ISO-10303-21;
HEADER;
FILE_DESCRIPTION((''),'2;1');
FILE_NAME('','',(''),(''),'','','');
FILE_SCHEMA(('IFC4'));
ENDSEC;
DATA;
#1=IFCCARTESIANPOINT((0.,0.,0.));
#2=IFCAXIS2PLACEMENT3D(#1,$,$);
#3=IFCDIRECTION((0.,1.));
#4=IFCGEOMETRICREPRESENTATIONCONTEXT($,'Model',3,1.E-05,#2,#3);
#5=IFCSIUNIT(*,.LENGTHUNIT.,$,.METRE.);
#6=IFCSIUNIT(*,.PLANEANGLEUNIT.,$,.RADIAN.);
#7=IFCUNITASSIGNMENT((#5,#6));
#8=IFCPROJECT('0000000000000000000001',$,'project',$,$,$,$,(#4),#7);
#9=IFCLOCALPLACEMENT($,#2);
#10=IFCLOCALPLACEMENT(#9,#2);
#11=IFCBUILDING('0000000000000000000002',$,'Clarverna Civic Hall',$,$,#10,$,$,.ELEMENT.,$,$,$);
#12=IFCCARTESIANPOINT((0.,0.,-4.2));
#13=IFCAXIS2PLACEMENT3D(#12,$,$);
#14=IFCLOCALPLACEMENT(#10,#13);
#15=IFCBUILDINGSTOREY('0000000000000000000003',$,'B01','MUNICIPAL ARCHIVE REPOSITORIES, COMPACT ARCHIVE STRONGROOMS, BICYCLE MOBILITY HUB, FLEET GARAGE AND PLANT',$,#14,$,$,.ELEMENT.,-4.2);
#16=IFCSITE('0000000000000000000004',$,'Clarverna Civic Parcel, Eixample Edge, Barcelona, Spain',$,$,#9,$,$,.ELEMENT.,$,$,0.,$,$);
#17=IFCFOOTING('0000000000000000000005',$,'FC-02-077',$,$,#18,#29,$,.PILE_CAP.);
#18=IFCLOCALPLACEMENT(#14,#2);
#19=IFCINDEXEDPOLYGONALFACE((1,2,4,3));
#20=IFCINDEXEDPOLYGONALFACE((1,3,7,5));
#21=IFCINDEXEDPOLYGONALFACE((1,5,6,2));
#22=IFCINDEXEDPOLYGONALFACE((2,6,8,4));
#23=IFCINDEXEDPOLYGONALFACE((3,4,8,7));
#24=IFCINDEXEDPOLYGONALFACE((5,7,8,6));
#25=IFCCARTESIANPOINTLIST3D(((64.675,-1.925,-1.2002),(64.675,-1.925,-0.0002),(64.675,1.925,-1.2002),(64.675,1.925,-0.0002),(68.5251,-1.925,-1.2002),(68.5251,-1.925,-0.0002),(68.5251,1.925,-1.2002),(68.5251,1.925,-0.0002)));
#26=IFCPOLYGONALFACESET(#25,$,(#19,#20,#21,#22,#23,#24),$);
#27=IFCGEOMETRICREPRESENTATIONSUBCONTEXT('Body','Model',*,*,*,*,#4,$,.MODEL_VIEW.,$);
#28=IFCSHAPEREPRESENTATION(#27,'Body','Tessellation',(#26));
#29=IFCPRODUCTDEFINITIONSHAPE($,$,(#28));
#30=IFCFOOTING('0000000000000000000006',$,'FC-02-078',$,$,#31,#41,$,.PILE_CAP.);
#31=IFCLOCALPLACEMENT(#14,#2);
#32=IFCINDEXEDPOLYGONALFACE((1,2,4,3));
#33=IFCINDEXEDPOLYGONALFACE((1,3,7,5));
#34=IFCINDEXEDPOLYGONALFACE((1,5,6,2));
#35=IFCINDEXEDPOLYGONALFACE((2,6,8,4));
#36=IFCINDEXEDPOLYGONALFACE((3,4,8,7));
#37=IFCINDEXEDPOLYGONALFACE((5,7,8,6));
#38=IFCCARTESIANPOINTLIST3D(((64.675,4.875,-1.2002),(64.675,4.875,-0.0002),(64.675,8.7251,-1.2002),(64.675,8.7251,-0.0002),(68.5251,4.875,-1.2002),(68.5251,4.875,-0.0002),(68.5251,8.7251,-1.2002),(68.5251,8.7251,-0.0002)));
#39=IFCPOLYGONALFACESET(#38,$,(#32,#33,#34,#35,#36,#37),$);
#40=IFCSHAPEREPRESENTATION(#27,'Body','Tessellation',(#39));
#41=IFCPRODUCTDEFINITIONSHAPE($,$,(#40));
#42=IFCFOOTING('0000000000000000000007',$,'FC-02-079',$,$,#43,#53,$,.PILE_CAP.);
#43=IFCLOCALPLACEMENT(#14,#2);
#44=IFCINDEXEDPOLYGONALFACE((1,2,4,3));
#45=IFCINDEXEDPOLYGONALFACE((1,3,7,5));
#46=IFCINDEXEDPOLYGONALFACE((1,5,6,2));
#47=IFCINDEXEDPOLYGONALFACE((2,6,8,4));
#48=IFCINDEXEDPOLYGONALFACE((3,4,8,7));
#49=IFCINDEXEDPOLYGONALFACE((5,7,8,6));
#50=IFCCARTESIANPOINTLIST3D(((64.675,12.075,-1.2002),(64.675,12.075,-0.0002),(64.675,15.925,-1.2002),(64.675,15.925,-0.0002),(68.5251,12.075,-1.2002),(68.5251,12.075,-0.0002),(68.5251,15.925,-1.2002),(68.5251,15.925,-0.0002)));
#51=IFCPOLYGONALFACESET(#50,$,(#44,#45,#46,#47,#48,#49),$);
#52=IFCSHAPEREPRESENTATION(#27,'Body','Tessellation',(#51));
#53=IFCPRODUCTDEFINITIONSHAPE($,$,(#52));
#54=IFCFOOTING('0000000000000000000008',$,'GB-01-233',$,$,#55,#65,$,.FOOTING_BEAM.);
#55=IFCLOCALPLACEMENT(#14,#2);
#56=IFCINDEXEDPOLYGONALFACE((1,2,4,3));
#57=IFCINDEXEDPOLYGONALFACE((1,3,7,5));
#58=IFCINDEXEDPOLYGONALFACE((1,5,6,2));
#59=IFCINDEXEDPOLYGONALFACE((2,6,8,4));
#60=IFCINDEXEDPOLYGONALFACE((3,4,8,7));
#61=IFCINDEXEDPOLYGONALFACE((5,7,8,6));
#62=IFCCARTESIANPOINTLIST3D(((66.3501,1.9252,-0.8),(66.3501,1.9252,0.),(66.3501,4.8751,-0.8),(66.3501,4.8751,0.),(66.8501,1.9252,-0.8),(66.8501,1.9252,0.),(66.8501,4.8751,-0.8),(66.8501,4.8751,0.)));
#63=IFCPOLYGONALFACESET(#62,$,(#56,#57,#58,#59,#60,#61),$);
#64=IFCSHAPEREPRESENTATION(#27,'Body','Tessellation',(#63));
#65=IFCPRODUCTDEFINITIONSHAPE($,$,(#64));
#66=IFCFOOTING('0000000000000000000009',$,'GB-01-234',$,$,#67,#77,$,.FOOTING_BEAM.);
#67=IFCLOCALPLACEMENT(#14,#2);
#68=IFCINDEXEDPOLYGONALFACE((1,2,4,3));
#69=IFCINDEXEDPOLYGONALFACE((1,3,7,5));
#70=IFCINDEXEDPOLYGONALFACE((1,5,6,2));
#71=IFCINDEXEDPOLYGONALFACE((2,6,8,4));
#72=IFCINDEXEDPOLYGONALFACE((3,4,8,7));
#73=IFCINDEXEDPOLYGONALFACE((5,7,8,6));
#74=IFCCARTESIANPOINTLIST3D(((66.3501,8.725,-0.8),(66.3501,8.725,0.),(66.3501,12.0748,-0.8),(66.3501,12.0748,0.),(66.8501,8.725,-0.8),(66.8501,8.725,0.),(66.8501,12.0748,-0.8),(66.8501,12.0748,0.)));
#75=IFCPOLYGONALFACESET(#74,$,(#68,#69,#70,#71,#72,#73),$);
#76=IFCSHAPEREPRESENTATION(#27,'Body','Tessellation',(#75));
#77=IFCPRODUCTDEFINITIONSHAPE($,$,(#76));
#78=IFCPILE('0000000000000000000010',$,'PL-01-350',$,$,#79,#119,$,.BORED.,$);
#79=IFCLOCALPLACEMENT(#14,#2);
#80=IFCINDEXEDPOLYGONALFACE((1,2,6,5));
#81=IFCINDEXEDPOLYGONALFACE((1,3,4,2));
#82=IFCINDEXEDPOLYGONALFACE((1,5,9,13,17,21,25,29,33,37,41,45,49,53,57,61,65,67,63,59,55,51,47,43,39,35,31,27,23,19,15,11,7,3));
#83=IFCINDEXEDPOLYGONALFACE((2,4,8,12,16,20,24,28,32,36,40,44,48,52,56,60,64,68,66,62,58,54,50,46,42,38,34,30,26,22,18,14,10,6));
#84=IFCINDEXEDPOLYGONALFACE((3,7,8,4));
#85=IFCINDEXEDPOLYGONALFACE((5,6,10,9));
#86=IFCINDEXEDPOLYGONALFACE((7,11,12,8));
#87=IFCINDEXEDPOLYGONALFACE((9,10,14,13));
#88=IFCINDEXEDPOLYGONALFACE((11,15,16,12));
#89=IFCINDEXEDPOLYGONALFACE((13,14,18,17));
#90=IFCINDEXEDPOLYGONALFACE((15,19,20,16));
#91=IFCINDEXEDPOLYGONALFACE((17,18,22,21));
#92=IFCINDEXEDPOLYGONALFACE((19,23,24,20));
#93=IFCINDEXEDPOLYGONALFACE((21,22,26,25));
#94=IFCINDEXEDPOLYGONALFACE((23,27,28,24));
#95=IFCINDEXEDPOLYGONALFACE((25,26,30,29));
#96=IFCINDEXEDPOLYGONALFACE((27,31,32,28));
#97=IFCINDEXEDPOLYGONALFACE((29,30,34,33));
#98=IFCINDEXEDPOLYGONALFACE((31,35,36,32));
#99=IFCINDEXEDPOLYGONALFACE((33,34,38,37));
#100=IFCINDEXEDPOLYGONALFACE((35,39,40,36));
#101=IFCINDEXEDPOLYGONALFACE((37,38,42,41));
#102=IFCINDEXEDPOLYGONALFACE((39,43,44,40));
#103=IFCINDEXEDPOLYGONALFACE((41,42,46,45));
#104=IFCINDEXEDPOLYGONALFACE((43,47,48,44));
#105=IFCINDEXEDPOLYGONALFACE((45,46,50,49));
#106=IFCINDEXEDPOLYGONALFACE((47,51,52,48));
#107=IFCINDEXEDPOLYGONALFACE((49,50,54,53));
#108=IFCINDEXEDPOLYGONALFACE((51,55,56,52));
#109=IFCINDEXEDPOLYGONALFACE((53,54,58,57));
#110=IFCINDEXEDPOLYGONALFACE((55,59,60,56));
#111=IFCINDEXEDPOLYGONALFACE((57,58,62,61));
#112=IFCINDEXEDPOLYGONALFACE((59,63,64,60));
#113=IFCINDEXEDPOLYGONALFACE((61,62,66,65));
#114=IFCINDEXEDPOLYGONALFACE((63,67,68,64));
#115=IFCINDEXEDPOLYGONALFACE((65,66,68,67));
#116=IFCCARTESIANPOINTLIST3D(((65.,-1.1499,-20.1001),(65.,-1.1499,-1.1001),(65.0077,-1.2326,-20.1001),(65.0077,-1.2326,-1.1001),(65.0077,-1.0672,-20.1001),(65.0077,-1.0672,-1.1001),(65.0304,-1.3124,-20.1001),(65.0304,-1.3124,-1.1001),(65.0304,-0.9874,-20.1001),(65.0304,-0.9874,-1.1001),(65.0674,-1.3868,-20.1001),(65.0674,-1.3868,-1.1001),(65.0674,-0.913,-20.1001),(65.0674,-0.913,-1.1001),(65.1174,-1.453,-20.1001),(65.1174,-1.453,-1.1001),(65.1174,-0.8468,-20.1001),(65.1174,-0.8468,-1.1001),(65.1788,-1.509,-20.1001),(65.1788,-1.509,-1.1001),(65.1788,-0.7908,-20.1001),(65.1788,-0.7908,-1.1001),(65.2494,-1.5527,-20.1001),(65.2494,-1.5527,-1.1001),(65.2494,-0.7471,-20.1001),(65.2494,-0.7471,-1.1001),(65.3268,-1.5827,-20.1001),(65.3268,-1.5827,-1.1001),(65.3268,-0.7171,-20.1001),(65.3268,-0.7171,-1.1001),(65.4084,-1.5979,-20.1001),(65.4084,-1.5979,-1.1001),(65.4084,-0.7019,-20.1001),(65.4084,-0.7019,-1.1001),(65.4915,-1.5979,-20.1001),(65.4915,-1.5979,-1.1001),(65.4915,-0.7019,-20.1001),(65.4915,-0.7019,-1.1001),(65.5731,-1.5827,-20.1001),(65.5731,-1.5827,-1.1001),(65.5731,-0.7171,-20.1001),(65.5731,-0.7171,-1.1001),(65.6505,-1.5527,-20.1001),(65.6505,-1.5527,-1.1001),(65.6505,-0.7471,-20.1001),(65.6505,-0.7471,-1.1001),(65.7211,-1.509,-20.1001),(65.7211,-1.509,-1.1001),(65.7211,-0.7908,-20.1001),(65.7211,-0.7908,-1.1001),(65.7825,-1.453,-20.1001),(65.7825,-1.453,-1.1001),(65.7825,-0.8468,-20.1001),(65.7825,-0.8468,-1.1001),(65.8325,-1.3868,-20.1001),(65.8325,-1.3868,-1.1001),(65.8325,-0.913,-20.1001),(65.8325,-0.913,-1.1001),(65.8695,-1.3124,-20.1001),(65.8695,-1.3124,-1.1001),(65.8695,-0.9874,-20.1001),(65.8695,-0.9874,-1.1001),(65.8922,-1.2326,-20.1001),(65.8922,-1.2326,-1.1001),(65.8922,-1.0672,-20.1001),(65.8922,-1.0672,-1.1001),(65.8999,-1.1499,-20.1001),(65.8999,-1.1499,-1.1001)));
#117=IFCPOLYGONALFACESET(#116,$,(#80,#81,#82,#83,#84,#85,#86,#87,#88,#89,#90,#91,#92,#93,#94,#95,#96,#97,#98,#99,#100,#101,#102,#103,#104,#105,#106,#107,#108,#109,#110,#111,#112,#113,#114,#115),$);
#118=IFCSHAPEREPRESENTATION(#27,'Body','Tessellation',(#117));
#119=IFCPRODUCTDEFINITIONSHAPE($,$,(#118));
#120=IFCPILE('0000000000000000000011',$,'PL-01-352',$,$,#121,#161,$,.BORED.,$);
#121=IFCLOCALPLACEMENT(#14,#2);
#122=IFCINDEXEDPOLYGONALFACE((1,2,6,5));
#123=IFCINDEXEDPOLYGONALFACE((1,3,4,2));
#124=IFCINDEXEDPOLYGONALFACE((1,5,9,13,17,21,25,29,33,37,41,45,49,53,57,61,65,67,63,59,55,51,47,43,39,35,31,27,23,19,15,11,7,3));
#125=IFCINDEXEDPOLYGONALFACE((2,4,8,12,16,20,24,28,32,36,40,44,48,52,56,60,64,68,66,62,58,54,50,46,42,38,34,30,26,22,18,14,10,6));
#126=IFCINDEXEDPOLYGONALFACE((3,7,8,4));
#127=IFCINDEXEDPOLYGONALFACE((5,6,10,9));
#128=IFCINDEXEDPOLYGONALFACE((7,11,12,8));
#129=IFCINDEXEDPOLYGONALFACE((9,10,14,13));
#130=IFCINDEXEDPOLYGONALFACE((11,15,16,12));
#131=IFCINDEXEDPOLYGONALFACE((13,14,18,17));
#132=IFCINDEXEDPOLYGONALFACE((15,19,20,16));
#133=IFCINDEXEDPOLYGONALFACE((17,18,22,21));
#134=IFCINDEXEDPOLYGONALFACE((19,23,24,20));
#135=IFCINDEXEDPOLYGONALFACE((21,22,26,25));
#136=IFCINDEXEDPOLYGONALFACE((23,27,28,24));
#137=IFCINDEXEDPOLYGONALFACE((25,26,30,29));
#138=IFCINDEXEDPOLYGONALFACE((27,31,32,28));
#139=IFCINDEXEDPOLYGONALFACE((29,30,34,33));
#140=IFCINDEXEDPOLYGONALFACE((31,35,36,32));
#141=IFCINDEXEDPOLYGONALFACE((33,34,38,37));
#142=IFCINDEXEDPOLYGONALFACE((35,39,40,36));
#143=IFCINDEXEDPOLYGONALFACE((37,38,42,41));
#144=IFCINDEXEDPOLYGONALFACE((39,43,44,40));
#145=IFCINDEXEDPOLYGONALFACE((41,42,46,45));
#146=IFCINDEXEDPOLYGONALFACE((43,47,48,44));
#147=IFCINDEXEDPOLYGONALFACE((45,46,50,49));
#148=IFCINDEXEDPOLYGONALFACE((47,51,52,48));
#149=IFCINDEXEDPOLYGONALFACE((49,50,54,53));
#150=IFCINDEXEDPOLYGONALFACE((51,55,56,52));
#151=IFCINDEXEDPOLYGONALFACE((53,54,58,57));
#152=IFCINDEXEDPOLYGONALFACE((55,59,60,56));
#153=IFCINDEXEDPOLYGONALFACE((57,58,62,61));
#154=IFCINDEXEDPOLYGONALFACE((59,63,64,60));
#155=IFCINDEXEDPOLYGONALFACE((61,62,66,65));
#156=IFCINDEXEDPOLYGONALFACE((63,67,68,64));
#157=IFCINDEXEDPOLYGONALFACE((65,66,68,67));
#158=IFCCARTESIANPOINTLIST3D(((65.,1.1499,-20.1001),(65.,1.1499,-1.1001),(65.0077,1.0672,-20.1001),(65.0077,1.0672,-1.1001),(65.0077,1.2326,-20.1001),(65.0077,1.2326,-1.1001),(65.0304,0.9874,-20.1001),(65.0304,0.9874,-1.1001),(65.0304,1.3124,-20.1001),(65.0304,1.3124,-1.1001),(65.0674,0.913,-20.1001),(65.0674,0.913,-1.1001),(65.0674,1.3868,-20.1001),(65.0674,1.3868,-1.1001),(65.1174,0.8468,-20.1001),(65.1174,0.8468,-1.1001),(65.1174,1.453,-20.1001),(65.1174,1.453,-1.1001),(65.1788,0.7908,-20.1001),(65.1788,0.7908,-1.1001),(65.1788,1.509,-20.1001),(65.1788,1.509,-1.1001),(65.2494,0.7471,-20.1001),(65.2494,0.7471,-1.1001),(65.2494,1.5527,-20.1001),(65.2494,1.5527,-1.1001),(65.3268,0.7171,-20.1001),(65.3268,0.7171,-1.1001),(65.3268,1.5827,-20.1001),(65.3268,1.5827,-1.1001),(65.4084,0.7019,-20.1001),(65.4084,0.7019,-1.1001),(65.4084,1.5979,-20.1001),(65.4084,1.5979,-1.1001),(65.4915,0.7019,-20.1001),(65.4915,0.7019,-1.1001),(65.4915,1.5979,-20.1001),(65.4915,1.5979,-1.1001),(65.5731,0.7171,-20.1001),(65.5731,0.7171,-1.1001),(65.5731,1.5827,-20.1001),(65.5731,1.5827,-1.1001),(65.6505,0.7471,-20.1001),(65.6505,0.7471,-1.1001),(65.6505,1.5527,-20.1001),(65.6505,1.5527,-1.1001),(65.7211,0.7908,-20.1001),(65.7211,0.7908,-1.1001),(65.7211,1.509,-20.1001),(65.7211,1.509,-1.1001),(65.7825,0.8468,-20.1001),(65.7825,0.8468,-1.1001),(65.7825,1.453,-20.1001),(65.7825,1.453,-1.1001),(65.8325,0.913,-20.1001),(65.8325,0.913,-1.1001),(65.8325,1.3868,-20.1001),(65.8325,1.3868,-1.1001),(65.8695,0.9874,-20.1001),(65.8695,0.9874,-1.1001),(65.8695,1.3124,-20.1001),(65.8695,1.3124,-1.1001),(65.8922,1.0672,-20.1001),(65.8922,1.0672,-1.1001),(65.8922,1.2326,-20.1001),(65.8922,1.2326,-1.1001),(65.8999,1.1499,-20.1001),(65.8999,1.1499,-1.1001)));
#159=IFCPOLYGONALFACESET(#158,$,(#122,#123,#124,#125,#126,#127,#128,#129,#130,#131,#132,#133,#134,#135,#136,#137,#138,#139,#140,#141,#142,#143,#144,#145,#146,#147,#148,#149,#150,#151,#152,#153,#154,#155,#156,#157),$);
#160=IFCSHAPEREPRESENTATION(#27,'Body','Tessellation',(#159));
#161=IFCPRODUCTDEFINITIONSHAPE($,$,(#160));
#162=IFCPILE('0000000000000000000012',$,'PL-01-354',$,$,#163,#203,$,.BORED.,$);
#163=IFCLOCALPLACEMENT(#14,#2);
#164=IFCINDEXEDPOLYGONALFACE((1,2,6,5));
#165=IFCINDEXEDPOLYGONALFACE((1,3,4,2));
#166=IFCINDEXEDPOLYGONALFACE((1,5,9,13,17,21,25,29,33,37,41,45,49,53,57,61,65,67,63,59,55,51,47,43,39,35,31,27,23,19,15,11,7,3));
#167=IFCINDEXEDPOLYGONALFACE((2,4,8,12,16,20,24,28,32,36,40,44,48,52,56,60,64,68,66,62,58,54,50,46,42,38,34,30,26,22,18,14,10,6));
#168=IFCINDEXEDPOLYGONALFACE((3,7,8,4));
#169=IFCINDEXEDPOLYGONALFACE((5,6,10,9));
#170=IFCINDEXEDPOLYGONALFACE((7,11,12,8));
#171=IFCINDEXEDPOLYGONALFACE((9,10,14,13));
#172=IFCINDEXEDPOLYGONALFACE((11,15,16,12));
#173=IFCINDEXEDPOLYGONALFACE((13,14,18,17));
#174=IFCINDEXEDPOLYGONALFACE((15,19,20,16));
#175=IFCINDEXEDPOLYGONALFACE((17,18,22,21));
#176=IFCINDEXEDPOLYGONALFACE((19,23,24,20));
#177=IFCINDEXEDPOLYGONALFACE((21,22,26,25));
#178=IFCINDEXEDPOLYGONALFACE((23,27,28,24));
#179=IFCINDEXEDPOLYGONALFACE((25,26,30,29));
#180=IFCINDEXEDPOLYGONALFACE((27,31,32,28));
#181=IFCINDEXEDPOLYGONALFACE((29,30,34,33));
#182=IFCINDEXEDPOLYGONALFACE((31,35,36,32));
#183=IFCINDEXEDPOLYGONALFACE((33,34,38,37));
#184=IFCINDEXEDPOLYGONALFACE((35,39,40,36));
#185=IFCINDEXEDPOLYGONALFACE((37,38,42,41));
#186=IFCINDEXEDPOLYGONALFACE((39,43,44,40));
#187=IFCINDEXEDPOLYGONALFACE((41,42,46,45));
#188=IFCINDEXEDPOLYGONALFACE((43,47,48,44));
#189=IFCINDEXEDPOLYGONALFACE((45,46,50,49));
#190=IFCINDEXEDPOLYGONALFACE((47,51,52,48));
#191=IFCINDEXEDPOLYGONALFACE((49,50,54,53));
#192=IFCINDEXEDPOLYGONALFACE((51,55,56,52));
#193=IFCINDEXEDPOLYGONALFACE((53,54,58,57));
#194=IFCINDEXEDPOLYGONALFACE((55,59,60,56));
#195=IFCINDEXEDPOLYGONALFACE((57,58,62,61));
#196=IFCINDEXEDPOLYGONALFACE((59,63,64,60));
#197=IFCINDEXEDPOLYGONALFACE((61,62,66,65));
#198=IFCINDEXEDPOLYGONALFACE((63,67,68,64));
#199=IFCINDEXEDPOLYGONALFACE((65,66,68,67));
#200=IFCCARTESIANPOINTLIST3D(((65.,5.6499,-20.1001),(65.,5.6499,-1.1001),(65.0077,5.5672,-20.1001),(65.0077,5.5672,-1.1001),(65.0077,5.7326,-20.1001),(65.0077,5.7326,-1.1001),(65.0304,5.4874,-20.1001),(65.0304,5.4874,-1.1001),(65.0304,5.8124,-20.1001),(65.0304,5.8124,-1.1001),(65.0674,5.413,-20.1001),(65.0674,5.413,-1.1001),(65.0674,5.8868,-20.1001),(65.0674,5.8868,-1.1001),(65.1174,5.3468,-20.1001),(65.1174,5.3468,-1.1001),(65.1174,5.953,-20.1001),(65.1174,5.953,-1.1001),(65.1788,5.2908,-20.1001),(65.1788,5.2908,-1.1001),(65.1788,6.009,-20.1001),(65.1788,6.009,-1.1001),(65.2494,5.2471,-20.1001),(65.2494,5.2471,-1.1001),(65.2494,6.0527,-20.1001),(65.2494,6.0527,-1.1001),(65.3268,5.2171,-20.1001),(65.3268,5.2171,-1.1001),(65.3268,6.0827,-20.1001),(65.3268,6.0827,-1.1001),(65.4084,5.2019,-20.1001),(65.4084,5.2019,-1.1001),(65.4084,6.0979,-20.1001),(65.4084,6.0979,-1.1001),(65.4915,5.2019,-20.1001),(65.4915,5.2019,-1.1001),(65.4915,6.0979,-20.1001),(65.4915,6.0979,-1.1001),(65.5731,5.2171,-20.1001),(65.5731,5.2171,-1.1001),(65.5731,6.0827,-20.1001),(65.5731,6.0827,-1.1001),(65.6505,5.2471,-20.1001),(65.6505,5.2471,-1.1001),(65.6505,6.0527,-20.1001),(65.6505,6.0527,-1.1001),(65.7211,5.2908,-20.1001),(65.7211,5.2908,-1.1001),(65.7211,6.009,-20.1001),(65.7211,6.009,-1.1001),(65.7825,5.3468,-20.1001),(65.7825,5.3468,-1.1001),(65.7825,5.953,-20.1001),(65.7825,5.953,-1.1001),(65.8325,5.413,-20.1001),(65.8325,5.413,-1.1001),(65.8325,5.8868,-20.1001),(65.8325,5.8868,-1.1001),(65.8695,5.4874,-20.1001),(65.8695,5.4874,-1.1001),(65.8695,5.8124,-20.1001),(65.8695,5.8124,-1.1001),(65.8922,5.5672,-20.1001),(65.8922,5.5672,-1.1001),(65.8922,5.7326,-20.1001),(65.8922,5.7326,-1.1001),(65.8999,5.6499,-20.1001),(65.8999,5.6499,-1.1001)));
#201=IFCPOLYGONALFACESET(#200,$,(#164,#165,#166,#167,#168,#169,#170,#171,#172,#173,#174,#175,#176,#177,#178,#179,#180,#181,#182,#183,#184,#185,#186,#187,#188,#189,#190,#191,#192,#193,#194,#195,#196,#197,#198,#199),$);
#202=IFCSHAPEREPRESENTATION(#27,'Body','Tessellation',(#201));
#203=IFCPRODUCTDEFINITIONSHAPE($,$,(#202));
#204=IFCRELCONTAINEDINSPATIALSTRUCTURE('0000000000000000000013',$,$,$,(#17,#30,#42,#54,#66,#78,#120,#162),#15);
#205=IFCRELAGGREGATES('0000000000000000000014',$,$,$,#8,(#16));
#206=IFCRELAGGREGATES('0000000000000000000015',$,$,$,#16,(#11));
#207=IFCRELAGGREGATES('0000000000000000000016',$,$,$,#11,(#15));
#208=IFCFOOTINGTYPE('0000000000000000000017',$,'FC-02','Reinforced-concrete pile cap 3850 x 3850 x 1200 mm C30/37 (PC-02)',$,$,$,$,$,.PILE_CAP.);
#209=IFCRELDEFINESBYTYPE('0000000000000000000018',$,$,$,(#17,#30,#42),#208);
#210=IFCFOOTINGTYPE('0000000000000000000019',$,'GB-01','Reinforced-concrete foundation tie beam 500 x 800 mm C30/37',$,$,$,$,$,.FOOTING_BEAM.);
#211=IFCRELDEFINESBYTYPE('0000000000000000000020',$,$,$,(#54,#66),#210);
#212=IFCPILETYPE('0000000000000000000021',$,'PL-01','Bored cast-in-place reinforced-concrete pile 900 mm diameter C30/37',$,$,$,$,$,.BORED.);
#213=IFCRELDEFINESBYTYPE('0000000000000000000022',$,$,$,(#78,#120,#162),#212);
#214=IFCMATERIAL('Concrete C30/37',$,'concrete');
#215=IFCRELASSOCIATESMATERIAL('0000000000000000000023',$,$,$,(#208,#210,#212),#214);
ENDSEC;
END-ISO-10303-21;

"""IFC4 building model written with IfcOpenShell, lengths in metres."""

from ifc_helpers import new_model, si_unit, direction, frame, frame_2d, origin, origin_2d, place, context, subcontext, project, spatial, rectangle, circle, extrude, material, material_profile, profile_set, type_object, element, save


model = new_model("IFC4")

# Units and contexts
model_context = context("Model", 3, precision=1e-05, world=origin(), true_north=direction((0.0, 1.0)))
body_context = subcontext(model_context, "Body", "Model", "MODEL_VIEW")
ifc_project = project(units=[si_unit("LENGTHUNIT", "METRE"), si_unit("PLANEANGLEUNIT", "RADIAN")], contexts=[model_context])

# Site, building, storey
site_placement = place(None, origin())
site = spatial("IfcSite", under=ifc_project, at=site_placement, Name="Clarverna Civic Parcel, Eixample Edge, Barcelona, Spain", CompositionType="ELEMENT", RefElevation=0.0)
building_placement = place(site_placement, origin())
building = spatial("IfcBuilding", under=site, at=building_placement, Name="Clarverna Civic Hall", CompositionType="ELEMENT")
storey_placement = place(building_placement, frame((0.0, 0.0, -4.2)))
storey = spatial("IfcBuildingStorey", under=building, at=storey_placement, Name="B01", Description="MUNICIPAL ARCHIVE REPOSITORIES, COMPACT ARCHIVE STRONGROOMS, BICYCLE MOBILITY HUB, FLEET GARAGE AND PLANT", CompositionType="ELEMENT", Elevation=-4.2)

# Footings
ifc_material_1 = material(Name="Concrete C30/37", Category="concrete")
footing_type_1 = type_object("IfcFootingType", Name="FC-02", Description="Reinforced-concrete pile cap 3850 x 3850 x 1200 mm C30/37 (PC-02)", PredefinedType="PILE_CAP", material=ifc_material_1)
for number, where, z_axis, x_axis, name in (
    (1, (66.6001, 0.0, -1.2002), (0.0, 0.0, 1.0), (1.0, 0.0, 0.0), "FC-02-077"),
    (2, (66.6001, 6.8, -1.2002), (0.0, 0.0, 1.0), (1.0, 0.0, 0.0), "FC-02-078"),
    (3, (66.6001, 14.0, -1.2002), (0.0, 0.0, 1.0), (1.0, 0.0, 0.0), "FC-02-079"),
):
    element("IfcFooting", number, at=place(storey_placement, frame(where, z_axis=z_axis, x_axis=x_axis)), inside=storey, type_object=footing_type_1, Name=name, PredefinedType="PILE_CAP", context=body_context, shape_type="SweptSolid", body=[
        extrude(rectangle(XDim=3.8501, YDim=3.8501, at=origin_2d()), origin(), (0.0, 0.0, 1.0), 1.2),
    ])
footing_type_2 = type_object("IfcFootingType", Name="GB-01", Description="Reinforced-concrete foundation tie beam 500 x 800 mm C30/37", PredefinedType="FOOTING_BEAM", material=ifc_material_1)
footing_1_placement = place(storey_placement, frame((66.6001, 1.925, -0.8), z_axis=(0.0, 0.0, 1.0), x_axis=(0.0, 1.0, 0.0)))
element("IfcFooting", 4, at=footing_1_placement, inside=storey, type_object=footing_type_2, Name="GB-01-233", PredefinedType="FOOTING_BEAM", context=body_context, shape_type="SweptSolid", body=[
    extrude(rectangle(XDim=2.95, YDim=0.5, at=frame_2d((1.4751, 0.0))), origin(), (0.0, 0.0, 1.0), 0.8),
])
footing_2_placement = place(storey_placement, frame((66.6001, 8.7251, -0.8), z_axis=(0.0, 0.0, 1.0), x_axis=(0.0, 1.0, 0.0)))
element("IfcFooting", 5, at=footing_2_placement, inside=storey, type_object=footing_type_2, Name="GB-01-234", PredefinedType="FOOTING_BEAM", context=body_context, shape_type="SweptSolid", body=[
    extrude(rectangle(XDim=3.3499, YDim=0.5, at=frame_2d((1.6748, 0.0))), origin(), (0.0, 0.0, 1.0), 0.8),
])

# Piles
ifc_material_profile_1 = material_profile(ifc_material_1, circle(Radius=0.45, at=origin_2d()), Name="BORED PILE D900")
ifc_profile_set_1 = profile_set([ifc_material_profile_1], Name="Concrete C30/37")
pile_type_1 = type_object("IfcPileType", Name="PL-01", Description="Bored cast-in-place reinforced-concrete pile 900 mm diameter C30/37", PredefinedType="BORED", material=ifc_profile_set_1)
for number, where, z_axis, x_axis, name in (
    (6, (65.45, -1.1499, -1.1001), (0.0, 0.0, -1.0), (1.0, 0.0, 0.0), "PL-01-350"),
    (7, (65.45, 1.1499, -1.1001), (0.0, 0.0, -1.0), (1.0, 0.0, 0.0), "PL-01-352"),
    (8, (65.45, 5.6499, -1.1001), (0.0, 0.0, -1.0), (1.0, 0.0, 0.0), "PL-01-354"),
):
    element("IfcPile", number, at=place(storey_placement, frame(where, z_axis=z_axis, x_axis=x_axis)), inside=storey, type_object=pile_type_1, Name=name, PredefinedType="BORED", context=body_context, shape_type="SweptSolid", body=[
        extrude(circle(Radius=0.45, at=origin_2d()), origin(), (0.0, 0.0, 1.0), 19.0),
    ])

save(model, "model.ifc")
